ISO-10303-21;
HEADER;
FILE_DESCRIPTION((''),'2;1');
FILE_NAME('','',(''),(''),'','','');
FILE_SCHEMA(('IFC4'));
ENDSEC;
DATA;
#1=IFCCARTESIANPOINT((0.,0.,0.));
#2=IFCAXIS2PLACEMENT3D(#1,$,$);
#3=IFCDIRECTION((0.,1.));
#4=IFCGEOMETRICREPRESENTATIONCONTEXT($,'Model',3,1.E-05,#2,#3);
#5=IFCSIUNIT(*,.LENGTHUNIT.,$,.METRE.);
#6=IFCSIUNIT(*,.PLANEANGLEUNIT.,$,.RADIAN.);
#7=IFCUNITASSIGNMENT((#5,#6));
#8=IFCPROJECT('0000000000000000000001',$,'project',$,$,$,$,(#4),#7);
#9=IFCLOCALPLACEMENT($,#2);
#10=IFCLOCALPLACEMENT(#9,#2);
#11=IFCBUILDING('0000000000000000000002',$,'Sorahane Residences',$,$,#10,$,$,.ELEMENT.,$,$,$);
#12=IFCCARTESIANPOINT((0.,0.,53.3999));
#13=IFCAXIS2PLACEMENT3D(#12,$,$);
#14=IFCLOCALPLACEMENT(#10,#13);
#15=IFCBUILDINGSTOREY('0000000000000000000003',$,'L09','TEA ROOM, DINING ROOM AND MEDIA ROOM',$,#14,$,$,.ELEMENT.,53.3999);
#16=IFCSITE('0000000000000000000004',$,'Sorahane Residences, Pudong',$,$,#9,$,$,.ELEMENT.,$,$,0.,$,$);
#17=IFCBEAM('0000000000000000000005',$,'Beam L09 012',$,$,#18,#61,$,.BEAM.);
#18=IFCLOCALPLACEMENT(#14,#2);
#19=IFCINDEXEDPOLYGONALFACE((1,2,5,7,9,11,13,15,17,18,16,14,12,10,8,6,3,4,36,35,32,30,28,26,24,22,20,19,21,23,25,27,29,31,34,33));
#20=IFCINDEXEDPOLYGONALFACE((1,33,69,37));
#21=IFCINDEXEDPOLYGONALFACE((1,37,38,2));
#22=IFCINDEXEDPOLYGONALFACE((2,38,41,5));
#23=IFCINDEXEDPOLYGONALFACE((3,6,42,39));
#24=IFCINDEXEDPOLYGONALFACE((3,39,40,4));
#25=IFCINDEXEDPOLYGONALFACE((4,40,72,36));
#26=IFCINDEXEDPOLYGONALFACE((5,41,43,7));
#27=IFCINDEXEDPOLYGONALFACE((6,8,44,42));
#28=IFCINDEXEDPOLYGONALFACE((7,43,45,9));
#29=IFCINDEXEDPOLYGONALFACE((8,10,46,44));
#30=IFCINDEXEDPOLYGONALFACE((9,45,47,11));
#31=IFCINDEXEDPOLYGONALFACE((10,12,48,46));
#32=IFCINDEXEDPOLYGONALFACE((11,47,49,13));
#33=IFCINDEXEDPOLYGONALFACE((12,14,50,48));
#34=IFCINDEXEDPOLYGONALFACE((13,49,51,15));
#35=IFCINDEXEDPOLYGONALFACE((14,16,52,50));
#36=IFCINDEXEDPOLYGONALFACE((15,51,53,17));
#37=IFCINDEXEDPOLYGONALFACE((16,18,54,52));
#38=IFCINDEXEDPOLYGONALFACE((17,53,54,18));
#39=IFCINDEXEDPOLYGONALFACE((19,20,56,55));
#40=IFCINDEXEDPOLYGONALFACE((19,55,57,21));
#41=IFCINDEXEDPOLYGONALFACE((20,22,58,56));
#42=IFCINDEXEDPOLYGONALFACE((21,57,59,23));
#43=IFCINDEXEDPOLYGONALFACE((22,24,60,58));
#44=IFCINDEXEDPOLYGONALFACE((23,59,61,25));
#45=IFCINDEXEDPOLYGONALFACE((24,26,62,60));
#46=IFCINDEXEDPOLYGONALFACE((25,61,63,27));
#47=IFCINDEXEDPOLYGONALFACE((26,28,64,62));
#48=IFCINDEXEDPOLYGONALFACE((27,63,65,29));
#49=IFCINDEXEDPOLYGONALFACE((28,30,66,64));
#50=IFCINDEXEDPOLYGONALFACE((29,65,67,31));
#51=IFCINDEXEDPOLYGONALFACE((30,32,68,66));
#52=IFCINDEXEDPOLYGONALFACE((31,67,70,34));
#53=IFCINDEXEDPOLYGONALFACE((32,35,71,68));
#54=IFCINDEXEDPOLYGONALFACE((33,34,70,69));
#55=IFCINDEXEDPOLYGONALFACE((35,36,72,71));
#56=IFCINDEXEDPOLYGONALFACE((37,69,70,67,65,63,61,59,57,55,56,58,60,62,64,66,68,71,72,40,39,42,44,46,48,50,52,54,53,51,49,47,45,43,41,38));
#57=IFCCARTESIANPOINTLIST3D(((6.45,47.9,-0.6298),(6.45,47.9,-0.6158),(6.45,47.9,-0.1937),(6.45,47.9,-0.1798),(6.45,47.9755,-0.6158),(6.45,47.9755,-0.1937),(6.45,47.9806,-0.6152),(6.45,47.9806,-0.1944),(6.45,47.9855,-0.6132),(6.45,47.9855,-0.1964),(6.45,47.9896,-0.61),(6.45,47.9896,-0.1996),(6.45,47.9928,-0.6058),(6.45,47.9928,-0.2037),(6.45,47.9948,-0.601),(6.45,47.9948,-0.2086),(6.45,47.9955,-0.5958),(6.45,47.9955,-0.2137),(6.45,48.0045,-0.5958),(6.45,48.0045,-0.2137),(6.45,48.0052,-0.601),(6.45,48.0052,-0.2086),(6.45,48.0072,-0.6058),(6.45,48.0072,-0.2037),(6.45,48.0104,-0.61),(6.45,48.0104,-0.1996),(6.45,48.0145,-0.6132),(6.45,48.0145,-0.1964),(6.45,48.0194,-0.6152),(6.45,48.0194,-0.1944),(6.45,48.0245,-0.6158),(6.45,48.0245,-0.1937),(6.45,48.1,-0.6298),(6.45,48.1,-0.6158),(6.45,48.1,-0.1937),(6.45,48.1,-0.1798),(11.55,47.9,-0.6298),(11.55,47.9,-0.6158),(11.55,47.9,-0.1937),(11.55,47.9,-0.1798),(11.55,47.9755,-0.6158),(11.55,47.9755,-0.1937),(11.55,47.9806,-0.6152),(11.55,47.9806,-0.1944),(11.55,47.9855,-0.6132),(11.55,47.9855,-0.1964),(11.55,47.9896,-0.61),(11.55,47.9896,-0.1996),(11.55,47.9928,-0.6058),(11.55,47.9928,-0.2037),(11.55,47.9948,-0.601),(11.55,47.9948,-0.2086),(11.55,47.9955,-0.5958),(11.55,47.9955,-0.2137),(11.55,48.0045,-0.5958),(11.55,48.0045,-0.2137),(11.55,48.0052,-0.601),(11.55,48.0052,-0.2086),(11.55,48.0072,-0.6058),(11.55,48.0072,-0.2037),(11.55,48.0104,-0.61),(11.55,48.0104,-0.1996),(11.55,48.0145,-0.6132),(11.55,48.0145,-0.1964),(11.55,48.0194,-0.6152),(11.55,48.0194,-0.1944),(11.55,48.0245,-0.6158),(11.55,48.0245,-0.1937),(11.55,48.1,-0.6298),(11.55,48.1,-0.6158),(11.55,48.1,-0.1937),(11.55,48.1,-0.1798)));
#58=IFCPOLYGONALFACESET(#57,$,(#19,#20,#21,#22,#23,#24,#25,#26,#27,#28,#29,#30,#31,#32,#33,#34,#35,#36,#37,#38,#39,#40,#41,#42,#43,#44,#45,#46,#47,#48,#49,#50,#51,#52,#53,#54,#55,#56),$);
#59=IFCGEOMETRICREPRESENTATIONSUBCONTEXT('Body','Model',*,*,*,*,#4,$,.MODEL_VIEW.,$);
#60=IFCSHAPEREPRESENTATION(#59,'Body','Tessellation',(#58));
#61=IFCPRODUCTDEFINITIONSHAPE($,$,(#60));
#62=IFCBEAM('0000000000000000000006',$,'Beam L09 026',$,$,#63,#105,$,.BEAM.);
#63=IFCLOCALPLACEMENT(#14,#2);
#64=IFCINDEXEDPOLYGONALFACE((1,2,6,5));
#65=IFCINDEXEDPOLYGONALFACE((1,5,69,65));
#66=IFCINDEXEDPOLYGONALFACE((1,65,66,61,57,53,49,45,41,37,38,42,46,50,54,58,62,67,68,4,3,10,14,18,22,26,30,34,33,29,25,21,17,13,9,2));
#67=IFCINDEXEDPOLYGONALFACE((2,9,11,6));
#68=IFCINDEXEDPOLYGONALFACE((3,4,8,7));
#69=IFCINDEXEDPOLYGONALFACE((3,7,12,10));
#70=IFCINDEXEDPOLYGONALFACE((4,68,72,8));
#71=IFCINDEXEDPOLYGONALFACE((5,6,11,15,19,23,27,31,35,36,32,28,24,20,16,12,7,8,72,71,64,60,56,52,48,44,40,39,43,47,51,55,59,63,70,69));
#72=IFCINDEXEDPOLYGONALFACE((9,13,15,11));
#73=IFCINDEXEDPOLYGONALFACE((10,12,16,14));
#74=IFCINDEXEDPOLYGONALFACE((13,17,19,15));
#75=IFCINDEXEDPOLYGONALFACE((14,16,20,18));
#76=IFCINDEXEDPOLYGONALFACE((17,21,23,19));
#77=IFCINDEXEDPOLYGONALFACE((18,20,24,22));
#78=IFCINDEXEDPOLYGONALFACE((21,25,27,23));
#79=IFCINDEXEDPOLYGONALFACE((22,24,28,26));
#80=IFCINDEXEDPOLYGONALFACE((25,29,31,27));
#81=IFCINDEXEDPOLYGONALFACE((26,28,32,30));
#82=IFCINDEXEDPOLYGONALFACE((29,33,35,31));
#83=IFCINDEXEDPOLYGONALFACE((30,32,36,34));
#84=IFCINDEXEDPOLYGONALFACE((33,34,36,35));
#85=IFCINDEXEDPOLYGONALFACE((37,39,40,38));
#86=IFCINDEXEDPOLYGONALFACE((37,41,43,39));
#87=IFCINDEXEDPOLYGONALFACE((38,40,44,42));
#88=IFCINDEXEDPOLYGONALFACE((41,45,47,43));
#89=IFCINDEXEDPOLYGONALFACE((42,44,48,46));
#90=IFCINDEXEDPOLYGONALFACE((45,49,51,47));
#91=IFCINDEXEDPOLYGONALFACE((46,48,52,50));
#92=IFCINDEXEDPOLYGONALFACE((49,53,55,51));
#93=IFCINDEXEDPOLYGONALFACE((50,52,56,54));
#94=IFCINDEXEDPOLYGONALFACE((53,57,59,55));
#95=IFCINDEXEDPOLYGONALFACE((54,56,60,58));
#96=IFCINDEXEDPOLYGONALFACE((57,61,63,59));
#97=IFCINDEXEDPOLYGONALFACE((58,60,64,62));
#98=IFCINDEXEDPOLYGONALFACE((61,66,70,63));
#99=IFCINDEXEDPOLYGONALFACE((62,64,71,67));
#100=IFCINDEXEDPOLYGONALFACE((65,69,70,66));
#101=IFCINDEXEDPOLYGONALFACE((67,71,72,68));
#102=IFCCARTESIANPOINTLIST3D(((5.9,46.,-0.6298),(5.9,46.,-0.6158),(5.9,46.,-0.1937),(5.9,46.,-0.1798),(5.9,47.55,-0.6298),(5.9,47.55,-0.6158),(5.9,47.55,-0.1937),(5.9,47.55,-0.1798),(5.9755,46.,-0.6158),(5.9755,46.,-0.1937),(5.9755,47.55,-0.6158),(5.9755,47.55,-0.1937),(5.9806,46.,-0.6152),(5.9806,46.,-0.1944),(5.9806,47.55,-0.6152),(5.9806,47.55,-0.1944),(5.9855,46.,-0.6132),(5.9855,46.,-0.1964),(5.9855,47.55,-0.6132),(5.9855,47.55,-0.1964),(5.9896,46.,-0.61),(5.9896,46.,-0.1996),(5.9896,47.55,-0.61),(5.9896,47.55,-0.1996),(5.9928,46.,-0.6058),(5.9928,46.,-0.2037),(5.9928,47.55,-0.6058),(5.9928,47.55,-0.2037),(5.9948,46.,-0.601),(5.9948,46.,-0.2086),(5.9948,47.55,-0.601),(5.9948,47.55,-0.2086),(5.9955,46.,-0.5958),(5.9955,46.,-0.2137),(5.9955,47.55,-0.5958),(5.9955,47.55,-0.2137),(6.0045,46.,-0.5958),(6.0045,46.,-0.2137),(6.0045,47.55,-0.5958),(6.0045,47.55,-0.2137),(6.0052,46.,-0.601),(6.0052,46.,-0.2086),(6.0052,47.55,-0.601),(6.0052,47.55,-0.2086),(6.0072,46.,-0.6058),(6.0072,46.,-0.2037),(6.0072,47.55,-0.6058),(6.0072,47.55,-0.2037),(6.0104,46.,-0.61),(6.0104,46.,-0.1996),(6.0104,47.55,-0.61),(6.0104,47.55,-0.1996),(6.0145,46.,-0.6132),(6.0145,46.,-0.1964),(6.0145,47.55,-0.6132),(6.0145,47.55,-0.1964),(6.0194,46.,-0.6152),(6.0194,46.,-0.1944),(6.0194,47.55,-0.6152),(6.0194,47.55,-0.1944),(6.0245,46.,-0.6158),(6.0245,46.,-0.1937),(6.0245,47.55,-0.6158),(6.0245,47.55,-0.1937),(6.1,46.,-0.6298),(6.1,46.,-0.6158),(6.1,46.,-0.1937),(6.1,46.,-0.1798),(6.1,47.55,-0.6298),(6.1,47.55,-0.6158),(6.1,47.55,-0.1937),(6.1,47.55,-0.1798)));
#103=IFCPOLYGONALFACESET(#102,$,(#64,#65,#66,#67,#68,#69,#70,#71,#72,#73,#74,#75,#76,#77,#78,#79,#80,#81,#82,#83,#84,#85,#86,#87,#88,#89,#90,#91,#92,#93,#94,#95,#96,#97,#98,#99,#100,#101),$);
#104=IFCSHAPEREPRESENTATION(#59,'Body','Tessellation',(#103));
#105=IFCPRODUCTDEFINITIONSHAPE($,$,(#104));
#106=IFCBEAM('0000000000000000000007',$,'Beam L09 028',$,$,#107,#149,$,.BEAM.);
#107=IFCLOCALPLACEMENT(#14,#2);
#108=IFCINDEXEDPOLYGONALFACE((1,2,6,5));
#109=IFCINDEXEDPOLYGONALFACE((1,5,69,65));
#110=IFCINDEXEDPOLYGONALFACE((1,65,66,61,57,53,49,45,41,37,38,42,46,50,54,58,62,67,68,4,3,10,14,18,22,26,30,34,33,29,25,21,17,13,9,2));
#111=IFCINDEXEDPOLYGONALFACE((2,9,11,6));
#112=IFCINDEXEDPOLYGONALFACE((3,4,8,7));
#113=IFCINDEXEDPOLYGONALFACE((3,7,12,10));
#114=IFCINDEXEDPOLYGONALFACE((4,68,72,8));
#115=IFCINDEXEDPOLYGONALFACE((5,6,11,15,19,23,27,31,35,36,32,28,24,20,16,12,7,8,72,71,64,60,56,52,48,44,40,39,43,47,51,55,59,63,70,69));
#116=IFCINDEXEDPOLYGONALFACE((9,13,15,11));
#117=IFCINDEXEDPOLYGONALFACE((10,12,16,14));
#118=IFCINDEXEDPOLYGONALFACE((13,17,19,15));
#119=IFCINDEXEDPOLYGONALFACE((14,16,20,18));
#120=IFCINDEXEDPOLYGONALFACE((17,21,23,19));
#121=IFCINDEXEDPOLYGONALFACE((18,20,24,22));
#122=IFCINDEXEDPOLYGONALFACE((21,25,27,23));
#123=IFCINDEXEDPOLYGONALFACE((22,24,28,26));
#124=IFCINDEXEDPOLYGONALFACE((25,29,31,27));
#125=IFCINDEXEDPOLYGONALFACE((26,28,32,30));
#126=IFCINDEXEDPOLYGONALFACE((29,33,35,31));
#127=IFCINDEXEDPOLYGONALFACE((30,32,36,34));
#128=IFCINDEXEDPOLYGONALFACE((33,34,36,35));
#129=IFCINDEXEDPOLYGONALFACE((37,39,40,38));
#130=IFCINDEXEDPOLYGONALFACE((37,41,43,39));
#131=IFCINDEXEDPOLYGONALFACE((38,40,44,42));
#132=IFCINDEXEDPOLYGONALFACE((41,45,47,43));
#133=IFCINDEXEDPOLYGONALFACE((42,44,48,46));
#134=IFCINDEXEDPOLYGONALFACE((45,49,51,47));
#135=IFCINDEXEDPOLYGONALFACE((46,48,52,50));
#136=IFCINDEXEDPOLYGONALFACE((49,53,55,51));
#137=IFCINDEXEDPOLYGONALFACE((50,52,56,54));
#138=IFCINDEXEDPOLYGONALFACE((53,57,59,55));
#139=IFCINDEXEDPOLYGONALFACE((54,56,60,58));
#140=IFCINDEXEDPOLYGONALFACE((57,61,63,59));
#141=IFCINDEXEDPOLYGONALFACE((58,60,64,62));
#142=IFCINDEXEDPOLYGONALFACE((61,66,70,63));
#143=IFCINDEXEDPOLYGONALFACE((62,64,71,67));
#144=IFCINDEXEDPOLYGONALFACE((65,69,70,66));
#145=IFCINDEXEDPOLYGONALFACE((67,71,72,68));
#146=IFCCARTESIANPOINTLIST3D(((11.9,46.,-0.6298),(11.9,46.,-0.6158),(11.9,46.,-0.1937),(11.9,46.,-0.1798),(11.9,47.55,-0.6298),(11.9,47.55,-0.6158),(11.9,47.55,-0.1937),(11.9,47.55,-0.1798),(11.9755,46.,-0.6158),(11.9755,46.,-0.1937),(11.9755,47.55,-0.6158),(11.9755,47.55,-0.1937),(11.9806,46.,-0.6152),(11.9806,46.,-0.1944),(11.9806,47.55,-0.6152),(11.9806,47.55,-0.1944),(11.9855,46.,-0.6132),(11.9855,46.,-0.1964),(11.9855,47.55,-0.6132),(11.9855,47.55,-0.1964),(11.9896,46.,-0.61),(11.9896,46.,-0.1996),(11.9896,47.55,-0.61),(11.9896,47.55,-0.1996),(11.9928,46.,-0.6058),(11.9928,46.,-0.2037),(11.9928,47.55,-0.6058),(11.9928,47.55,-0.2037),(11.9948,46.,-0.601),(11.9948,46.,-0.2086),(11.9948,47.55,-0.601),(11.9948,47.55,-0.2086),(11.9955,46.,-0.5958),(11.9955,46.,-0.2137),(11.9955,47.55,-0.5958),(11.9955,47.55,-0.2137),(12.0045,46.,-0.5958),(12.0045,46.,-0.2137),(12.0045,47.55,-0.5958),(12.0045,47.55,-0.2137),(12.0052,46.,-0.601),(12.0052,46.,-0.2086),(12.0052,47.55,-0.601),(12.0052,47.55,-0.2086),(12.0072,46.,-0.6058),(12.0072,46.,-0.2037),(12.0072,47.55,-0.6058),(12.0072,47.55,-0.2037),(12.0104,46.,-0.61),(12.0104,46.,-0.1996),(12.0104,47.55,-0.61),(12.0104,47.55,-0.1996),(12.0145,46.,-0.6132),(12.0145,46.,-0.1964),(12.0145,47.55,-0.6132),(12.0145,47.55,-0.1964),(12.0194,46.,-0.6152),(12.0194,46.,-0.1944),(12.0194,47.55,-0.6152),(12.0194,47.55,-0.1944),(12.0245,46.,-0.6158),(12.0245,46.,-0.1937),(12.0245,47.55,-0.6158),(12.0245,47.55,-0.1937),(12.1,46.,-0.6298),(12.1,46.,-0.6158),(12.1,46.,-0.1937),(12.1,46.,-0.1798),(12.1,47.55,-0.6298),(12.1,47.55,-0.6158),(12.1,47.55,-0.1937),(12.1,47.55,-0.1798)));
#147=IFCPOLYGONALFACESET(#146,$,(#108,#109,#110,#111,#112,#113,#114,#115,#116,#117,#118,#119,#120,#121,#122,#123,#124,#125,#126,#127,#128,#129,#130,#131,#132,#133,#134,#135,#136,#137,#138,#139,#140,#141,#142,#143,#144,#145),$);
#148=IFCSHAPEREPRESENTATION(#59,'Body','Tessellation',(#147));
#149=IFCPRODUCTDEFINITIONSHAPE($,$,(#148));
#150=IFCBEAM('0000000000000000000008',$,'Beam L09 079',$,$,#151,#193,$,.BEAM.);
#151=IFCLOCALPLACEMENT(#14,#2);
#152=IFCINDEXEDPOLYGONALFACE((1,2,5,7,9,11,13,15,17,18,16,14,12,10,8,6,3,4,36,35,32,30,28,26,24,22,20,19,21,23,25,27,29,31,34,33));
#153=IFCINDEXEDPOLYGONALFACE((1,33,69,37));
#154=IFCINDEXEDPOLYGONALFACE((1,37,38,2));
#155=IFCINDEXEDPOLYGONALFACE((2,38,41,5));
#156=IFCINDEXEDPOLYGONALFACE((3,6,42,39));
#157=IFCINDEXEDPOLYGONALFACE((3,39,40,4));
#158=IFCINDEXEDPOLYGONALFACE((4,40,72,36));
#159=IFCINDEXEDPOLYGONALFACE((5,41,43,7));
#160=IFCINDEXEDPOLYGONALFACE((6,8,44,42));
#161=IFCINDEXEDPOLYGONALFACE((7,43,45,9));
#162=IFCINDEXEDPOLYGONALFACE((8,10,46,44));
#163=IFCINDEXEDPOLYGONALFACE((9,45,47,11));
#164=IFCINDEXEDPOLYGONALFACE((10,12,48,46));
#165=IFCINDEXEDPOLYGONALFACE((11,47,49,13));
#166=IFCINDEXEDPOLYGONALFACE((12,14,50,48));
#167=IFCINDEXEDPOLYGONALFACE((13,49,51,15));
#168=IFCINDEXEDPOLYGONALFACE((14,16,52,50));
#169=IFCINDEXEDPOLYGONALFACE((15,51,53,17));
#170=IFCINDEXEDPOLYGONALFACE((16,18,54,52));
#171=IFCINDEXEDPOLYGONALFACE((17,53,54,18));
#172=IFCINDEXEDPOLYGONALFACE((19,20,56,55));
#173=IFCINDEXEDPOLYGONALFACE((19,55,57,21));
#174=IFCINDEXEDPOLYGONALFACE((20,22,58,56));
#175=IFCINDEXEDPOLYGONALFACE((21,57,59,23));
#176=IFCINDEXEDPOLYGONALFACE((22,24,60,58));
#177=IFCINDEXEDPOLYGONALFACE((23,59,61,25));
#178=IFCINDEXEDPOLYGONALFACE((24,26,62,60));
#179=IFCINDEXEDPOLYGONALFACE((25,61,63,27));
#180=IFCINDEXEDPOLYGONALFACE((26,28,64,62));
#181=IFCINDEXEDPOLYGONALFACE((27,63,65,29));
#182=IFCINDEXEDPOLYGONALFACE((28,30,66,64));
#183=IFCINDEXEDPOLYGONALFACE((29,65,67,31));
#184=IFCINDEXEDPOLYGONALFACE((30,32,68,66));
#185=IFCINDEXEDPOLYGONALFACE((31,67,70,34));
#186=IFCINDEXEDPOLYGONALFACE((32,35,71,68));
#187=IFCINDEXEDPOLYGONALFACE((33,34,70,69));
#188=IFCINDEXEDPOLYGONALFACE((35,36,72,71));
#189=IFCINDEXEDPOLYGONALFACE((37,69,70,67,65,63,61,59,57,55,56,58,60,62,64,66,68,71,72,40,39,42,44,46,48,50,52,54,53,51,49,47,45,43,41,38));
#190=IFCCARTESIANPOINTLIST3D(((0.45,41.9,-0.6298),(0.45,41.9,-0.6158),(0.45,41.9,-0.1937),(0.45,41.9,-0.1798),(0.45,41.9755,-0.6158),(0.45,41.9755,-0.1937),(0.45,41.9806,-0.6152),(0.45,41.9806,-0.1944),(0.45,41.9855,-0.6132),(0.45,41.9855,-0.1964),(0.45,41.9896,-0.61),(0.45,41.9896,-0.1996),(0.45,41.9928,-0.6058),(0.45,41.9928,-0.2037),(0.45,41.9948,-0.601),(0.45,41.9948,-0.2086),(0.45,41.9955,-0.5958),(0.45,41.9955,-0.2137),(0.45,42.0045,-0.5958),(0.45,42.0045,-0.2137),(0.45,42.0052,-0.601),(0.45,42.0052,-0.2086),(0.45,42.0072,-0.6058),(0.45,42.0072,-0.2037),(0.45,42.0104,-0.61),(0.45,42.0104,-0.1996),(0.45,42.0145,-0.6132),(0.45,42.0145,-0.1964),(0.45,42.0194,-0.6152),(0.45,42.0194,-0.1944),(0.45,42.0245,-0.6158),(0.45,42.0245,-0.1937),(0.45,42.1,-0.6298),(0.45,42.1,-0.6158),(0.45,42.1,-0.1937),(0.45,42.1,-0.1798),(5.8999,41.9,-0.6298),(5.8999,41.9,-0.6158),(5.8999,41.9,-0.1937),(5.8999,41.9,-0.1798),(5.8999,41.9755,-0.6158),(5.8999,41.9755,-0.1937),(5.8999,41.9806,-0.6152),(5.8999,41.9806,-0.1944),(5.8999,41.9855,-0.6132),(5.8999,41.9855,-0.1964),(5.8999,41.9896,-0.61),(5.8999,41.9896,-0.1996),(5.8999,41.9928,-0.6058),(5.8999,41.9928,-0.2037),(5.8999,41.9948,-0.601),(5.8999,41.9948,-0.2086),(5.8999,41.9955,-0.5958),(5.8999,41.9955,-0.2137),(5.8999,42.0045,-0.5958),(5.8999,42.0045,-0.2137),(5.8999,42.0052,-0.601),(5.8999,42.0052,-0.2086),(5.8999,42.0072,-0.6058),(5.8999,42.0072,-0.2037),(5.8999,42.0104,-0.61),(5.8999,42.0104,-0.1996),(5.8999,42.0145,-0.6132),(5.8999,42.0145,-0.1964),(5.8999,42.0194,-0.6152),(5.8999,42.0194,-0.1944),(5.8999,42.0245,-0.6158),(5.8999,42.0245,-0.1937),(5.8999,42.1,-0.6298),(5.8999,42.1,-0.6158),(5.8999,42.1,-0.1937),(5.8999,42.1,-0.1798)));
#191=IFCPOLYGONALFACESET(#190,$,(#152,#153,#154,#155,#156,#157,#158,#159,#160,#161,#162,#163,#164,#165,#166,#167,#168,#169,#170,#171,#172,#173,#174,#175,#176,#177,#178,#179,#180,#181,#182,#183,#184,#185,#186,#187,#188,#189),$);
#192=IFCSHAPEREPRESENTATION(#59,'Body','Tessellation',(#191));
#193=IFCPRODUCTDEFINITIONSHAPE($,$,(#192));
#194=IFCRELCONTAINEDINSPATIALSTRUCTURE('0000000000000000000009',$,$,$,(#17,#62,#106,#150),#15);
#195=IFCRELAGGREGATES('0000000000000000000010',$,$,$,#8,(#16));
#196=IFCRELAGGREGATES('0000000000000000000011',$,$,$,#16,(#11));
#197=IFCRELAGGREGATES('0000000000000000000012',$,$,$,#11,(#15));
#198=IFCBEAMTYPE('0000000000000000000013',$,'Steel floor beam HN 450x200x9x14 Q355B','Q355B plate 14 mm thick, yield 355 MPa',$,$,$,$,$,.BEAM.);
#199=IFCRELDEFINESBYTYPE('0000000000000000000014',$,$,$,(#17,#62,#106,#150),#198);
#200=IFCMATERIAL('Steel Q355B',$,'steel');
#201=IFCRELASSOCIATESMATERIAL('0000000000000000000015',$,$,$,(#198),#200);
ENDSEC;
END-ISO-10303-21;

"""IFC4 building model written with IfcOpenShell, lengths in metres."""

from ifc_helpers import new_model, si_unit, direction, frame, origin, origin_2d, place, context, subcontext, project, spatial, i_section, extrude, material, material_profile, profile_set, type_object, element, save


model = new_model("IFC4")

# Units and contexts
model_context = context("Model", 3, precision=1e-05, world=origin(), true_north=direction((0.0, 1.0)))
body_context = subcontext(model_context, "Body", "Model", "MODEL_VIEW")
ifc_project = project(units=[si_unit("LENGTHUNIT", "METRE"), si_unit("PLANEANGLEUNIT", "RADIAN")], contexts=[model_context])

# Site, building, storey
site_placement = place(None, origin())
site = spatial("IfcSite", under=ifc_project, at=site_placement, Name="Sorahane Residences, Pudong", CompositionType="ELEMENT", RefElevation=0.0)
building_placement = place(site_placement, origin())
building = spatial("IfcBuilding", under=site, at=building_placement, Name="Sorahane Residences", CompositionType="ELEMENT")
storey_placement = place(building_placement, frame((0.0, 0.0, 53.3999)))
storey = spatial("IfcBuildingStorey", under=building, at=storey_placement, Name="L09", Description="TEA ROOM, DINING ROOM AND MEDIA ROOM", CompositionType="ELEMENT", Elevation=53.3999)

# Beams
ifc_material_1 = material(Name="Steel Q355B", Category="steel")
ifc_material_profile_1 = material_profile(ifc_material_1, i_section(OverallWidth=0.2, OverallDepth=0.45, WebThickness=0.009, FlangeThickness=0.0139, FilletRadius=0.02, at=origin_2d()), Name="HN 450x200x9x14")
ifc_profile_set_1 = profile_set([ifc_material_profile_1], Name="Steel Q355B")
beam_type_1 = type_object("IfcBeamType", Name="Steel floor beam HN 450x200x9x14 Q355B", Description="Q355B plate 14 mm thick, yield 355 MPa", PredefinedType="BEAM", material=ifc_profile_set_1)
beam_1_placement = place(storey_placement, frame((6.45, 48.0, -0.4048), z_axis=(1.0, 0.0, 0.0), x_axis=(0.0, 1.0, 0.0)))
element("IfcBeam", 1, at=beam_1_placement, inside=storey, type_object=beam_type_1, Name="Beam L09 012", PredefinedType="BEAM", context=body_context, shape_type="SweptSolid", body=[
    extrude(i_section(OverallWidth=0.2, OverallDepth=0.45, WebThickness=0.009, FlangeThickness=0.0139, FilletRadius=0.02, at=origin_2d()), origin(), (0.0, 0.0, 1.0), 5.1001),
])
for number, where, z_axis, x_axis, name in (
    (2, (6.0, 46.0, -0.4048), (0.0, 1.0, 0.0), (-1.0, 0.0, 0.0), "Beam L09 026"),
    (3, (12.0, 46.0, -0.4048), (0.0, 1.0, 0.0), (-1.0, 0.0, 0.0), "Beam L09 028"),
):
    element("IfcBeam", number, at=place(storey_placement, frame(where, z_axis=z_axis, x_axis=x_axis)), inside=storey, type_object=beam_type_1, Name=name, PredefinedType="BEAM", context=body_context, shape_type="SweptSolid", body=[
        extrude(i_section(OverallWidth=0.2, OverallDepth=0.45, WebThickness=0.009, FlangeThickness=0.0139, FilletRadius=0.02, at=origin_2d()), origin(), (0.0, 0.0, 1.0), 1.55),
    ])
beam_2_placement = place(storey_placement, frame((0.45, 42.0, -0.4048), z_axis=(1.0, 0.0, 0.0), x_axis=(0.0, 1.0, 0.0)))
element("IfcBeam", 4, at=beam_2_placement, inside=storey, type_object=beam_type_1, Name="Beam L09 079", PredefinedType="BEAM", context=body_context, shape_type="SweptSolid", body=[
    extrude(i_section(OverallWidth=0.2, OverallDepth=0.45, WebThickness=0.009, FlangeThickness=0.0139, FilletRadius=0.02, at=origin_2d()), origin(), (0.0, 0.0, 1.0), 5.45),
])

save(model, "model.ifc")
